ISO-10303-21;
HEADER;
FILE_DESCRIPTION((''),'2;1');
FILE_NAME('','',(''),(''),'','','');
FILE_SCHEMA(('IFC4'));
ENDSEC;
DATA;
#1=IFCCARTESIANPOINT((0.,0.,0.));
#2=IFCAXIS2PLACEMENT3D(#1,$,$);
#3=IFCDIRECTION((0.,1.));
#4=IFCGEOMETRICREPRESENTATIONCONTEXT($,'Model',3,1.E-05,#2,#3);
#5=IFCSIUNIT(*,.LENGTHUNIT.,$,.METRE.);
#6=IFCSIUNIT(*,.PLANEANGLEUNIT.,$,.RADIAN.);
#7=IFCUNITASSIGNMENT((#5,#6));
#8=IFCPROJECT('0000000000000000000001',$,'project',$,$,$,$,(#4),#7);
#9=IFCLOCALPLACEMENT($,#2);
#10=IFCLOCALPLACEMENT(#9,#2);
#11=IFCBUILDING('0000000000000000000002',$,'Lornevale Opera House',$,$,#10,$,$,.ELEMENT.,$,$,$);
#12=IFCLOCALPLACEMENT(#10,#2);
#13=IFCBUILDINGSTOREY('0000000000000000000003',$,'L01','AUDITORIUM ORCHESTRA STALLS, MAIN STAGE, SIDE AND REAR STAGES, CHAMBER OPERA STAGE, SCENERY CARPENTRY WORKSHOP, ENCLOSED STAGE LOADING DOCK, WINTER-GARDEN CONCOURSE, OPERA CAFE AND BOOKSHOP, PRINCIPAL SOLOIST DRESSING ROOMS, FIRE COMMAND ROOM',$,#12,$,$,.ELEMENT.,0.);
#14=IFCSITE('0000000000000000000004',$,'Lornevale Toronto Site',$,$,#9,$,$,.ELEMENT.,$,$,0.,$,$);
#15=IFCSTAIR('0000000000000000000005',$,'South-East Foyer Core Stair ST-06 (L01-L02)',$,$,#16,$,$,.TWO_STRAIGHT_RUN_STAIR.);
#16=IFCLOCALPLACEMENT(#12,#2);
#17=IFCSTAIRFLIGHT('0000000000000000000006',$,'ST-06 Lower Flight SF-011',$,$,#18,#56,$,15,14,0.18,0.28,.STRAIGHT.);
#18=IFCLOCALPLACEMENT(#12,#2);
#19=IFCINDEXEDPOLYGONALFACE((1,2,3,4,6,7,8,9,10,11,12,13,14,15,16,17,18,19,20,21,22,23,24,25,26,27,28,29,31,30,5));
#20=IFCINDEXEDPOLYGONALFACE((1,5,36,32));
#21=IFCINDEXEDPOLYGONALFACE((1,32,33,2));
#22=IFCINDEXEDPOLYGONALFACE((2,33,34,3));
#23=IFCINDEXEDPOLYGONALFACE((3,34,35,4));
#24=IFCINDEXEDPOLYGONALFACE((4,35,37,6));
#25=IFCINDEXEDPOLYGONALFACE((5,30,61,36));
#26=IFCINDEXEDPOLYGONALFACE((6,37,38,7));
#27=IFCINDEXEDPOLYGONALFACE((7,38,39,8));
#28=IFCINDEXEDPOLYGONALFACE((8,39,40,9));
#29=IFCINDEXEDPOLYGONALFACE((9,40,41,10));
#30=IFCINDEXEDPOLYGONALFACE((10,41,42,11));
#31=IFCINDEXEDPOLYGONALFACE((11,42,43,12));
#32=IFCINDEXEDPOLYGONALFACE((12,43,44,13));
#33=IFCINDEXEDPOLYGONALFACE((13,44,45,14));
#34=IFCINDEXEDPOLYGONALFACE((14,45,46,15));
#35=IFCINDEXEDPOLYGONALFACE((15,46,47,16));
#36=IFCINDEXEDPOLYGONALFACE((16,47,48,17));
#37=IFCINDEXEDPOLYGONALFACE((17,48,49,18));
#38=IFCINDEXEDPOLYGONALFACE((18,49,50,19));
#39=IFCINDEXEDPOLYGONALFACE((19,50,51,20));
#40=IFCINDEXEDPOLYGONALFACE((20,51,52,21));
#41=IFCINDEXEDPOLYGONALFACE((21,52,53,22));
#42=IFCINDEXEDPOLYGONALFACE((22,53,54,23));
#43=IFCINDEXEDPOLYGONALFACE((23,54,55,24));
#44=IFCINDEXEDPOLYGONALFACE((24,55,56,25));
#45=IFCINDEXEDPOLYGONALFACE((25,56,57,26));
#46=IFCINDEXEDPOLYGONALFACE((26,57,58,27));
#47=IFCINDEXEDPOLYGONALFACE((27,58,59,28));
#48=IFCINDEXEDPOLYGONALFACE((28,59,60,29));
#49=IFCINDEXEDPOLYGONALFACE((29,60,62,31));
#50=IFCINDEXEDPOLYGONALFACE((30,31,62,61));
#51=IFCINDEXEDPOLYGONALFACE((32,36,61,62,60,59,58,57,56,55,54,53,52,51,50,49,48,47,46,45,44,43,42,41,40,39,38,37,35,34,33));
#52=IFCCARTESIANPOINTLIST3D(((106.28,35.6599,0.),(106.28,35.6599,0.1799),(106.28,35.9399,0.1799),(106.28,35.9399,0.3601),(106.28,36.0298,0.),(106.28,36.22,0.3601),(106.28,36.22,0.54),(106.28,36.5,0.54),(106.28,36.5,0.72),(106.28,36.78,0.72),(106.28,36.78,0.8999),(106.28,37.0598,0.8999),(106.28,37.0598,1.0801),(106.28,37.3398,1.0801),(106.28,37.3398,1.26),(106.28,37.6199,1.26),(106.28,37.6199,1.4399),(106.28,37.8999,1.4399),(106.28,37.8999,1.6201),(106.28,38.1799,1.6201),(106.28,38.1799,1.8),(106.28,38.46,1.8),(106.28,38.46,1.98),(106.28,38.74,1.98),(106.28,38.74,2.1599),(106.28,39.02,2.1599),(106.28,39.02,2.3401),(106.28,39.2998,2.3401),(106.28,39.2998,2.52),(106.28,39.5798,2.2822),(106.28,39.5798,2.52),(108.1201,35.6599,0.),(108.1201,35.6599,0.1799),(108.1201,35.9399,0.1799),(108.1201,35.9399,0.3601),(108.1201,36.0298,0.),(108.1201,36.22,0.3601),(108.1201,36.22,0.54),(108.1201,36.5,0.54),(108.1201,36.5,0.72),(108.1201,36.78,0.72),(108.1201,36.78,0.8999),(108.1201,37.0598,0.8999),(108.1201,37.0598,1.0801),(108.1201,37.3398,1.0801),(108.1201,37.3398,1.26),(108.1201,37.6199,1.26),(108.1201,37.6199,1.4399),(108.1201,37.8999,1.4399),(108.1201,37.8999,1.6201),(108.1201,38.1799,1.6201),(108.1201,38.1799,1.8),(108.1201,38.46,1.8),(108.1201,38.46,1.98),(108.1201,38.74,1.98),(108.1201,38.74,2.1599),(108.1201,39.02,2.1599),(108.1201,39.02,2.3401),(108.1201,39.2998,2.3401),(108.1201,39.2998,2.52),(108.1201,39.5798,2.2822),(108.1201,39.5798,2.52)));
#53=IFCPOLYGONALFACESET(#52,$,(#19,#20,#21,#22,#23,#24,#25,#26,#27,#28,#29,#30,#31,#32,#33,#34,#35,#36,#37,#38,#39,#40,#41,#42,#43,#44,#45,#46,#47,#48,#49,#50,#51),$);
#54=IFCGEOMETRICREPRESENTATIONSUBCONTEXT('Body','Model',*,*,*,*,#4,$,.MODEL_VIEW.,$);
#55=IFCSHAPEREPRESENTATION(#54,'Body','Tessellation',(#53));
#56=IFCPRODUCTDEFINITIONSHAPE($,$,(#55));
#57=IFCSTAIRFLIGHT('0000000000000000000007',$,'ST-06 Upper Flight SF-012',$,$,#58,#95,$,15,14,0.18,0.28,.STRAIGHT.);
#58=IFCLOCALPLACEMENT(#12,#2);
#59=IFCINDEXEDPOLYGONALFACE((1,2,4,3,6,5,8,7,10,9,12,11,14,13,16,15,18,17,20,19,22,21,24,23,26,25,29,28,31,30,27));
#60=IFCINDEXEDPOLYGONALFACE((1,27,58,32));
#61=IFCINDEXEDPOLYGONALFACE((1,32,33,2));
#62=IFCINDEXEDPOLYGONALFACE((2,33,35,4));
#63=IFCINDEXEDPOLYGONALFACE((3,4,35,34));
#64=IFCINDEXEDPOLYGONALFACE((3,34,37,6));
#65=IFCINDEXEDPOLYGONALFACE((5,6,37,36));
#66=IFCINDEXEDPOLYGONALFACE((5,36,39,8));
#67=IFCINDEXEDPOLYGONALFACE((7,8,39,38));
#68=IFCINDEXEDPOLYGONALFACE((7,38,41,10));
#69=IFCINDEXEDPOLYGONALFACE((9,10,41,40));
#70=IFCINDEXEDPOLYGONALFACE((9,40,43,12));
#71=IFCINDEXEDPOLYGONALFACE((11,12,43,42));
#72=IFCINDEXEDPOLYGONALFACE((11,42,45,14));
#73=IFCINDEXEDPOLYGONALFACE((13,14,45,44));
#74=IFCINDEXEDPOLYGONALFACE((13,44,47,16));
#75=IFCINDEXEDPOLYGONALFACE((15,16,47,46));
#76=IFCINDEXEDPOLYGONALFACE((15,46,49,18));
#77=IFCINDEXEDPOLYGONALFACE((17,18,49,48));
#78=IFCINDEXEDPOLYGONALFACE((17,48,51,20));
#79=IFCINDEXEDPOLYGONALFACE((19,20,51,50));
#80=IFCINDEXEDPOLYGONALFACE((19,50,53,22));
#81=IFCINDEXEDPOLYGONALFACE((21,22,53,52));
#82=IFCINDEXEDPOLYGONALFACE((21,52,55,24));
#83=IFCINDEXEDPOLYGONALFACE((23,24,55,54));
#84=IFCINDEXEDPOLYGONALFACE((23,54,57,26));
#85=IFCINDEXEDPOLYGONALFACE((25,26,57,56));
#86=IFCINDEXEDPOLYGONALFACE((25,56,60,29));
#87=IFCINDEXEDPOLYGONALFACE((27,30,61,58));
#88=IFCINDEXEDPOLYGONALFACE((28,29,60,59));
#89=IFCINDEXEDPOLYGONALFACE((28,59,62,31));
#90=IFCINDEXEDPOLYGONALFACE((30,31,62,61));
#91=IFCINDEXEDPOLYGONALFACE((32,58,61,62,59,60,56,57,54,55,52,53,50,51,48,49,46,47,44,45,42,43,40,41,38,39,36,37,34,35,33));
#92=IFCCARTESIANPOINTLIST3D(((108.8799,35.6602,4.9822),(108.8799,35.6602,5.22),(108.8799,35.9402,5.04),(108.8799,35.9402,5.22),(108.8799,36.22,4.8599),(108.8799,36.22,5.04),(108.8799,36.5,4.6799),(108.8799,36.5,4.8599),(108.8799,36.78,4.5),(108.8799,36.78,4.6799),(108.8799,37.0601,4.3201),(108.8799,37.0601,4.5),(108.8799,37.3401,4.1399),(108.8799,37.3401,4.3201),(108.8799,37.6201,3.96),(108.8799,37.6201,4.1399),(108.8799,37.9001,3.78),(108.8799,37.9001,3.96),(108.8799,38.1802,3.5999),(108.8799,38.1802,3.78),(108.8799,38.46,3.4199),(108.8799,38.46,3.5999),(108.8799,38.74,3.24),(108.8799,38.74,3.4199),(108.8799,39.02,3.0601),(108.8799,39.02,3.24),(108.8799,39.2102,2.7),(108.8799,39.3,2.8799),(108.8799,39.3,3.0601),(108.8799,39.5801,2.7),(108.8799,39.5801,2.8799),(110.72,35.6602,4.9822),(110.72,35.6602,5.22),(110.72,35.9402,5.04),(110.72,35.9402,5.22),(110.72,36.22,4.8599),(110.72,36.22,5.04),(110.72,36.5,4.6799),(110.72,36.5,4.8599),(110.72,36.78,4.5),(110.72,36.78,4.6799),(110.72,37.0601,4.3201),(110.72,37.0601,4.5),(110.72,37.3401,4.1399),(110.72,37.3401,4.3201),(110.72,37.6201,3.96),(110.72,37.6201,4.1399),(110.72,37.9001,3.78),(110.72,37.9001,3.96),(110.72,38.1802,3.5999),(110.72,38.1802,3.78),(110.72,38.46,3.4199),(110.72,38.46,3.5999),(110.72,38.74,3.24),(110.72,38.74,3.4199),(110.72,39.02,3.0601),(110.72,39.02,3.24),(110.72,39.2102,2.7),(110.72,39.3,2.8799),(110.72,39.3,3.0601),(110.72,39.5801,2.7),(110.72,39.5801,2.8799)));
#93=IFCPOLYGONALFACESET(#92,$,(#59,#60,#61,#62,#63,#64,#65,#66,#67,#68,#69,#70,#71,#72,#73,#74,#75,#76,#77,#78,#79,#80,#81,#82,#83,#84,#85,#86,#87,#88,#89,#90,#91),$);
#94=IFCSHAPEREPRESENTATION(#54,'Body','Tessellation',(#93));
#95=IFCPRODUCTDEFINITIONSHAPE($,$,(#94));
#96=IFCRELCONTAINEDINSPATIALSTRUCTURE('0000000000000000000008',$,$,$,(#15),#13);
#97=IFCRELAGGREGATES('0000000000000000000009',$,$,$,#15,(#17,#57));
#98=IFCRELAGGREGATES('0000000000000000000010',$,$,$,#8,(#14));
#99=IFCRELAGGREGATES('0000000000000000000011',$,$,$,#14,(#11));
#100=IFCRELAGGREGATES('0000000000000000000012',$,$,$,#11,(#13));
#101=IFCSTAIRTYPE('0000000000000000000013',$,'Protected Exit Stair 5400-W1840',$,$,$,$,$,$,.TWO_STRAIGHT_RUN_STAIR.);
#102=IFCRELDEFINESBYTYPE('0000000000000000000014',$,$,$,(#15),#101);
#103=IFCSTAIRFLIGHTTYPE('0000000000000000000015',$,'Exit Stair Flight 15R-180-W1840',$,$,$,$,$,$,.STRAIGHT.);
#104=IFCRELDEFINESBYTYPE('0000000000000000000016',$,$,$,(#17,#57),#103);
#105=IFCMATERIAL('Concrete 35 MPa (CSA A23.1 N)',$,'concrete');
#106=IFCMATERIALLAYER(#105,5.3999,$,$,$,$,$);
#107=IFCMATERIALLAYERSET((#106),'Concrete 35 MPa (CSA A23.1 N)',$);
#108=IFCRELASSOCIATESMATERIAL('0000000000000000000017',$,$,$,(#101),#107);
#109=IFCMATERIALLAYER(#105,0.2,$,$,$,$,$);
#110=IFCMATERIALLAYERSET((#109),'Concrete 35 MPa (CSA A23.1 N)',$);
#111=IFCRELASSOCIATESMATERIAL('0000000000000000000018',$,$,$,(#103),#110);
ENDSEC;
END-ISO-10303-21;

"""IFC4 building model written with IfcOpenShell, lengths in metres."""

from ifc_helpers import new_model, si_unit, direction, frame, origin, place, context, subcontext, project, spatial, polyline, outline, extrude, material, layer, layer_set, type_object, element, aggregate, save


model = new_model("IFC4")

# Units and contexts
model_context = context("Model", 3, precision=1e-05, world=origin(), true_north=direction((0.0, 1.0)))
body_context = subcontext(model_context, "Body", "Model", "MODEL_VIEW")
ifc_project = project(units=[si_unit("LENGTHUNIT", "METRE"), si_unit("PLANEANGLEUNIT", "RADIAN")], contexts=[model_context])

# Site, building, storey
site_placement = place(None, origin())
site = spatial("IfcSite", under=ifc_project, at=site_placement, Name="Lornevale Toronto Site", CompositionType="ELEMENT", RefElevation=0.0)
building_placement = place(site_placement, origin())
building = spatial("IfcBuilding", under=site, at=building_placement, Name="Lornevale Opera House", CompositionType="ELEMENT")
storey_placement = place(building_placement, origin())
storey = spatial("IfcBuildingStorey", under=building, at=storey_placement, Name="L01", Description="AUDITORIUM ORCHESTRA STALLS, MAIN STAGE, SIDE AND REAR STAGES, CHAMBER OPERA STAGE, SCENERY CARPENTRY WORKSHOP, ENCLOSED STAGE LOADING DOCK, WINTER-GARDEN CONCOURSE, OPERA CAFE AND BOOKSHOP, PRINCIPAL SOLOIST DRESSING ROOMS, FIRE COMMAND ROOM", CompositionType="ELEMENT", Elevation=0.0)

# Shared definitions
ifc_material_1 = material(Name="Concrete 35 MPa (CSA A23.1 N)", Category="concrete")

# Stair, stair flights
ifc_layer_1 = layer(ifc_material_1, 5.3999)
ifc_layer_set_1 = layer_set([ifc_layer_1], Name="Concrete 35 MPa (CSA A23.1 N)")
stair_type = type_object("IfcStairType", Name="Protected Exit Stair 5400-W1840", PredefinedType="TWO_STRAIGHT_RUN_STAIR", material=ifc_layer_set_1)
stair_placement = place(storey_placement, origin())
stair = element("IfcStair", 1, at=stair_placement, inside=storey, type_object=stair_type, Name="South-East Foyer Core Stair ST-06 (L01-L02)", PredefinedType="TWO_STRAIGHT_RUN_STAIR")
ifc_layer_2 = layer(ifc_material_1, 0.2)
ifc_layer_set_2 = layer_set([ifc_layer_2], Name="Concrete 35 MPa (CSA A23.1 N)")
stair_flight_type = type_object("IfcStairFlightType", Name="Exit Stair Flight 15R-180-W1840", PredefinedType="STRAIGHT", material=ifc_layer_set_2)
stair_flight_1_placement = place(storey_placement, frame((107.2, 35.6599, 0.0), z_axis=(0.0, 0.0, 1.0), x_axis=(0.0, 1.0, 0.0)))
stair_flight_1 = element("IfcStairFlight", 2, at=stair_flight_1_placement, type_object=stair_flight_type, Name="ST-06 Lower Flight SF-011", NumberOfRisers=15, NumberOfTreads=14, PredefinedType="STRAIGHT", RiserHeight=0.18, TreadLength=0.28, context=body_context, shape_type="SweptSolid", body=[
    extrude(outline(polyline([(0.0, 0.0), (0.0, 0.1799), (0.28, 0.1799), (0.28, 0.3601), (0.5601, 0.3601), (0.5601, 0.54), (0.8401, 0.54), (0.8401, 0.72), (1.1201, 0.72), (1.1201, 0.8999), (1.3999, 0.8999), (1.3999, 1.0801), (1.6799, 1.0801), (1.6799, 1.26), (1.96, 1.26), (1.96, 1.4399), (2.24, 1.4399), (2.24, 1.6201), (2.52, 1.6201), (2.52, 1.8), (2.8, 1.8), (2.8, 1.98), (3.0801, 1.98), (3.0801, 2.1599), (3.3601, 2.1599), (3.3601, 2.3401), (3.6399, 2.3401), (3.6399, 2.52), (3.9199, 2.52), (3.9199, 2.2822), (0.3699, 0.0), (0.0, 0.0)])), frame((0.0, 0.9199, 0.0), z_axis=(0.0, -1.0, 0.0), x_axis=(1.0, 0.0, 0.0)), (0.0, 0.0, 1.0), 1.8401),
])
stair_flight_2_placement = place(storey_placement, frame((109.8, 39.5801, 2.7), z_axis=(0.0, 0.0, 1.0), x_axis=(0.0, -1.0, 0.0)))
stair_flight_2 = element("IfcStairFlight", 3, at=stair_flight_2_placement, type_object=stair_flight_type, Name="ST-06 Upper Flight SF-012", NumberOfRisers=15, NumberOfTreads=14, PredefinedType="STRAIGHT", RiserHeight=0.18, TreadLength=0.28, context=body_context, shape_type="SweptSolid", body=[
    extrude(outline(polyline([(0.0, 0.0), (0.0, 0.1799), (0.28, 0.1799), (0.28, 0.3601), (0.5601, 0.3601), (0.5601, 0.54), (0.8401, 0.54), (0.8401, 0.72), (1.1201, 0.72), (1.1201, 0.8999), (1.3999, 0.8999), (1.3999, 1.0801), (1.6799, 1.0801), (1.6799, 1.26), (1.96, 1.26), (1.96, 1.4399), (2.24, 1.4399), (2.24, 1.6201), (2.52, 1.6201), (2.52, 1.8), (2.8, 1.8), (2.8, 1.98), (3.0801, 1.98), (3.0801, 2.1599), (3.3601, 2.1599), (3.3601, 2.3401), (3.6399, 2.3401), (3.6399, 2.52), (3.9199, 2.52), (3.9199, 2.2822), (0.3699, 0.0), (0.0, 0.0)])), frame((0.0, 0.9199, 0.0), z_axis=(0.0, -1.0, 0.0), x_axis=(1.0, 0.0, 0.0)), (0.0, 0.0, 1.0), 1.8401),
])
aggregate(stair, [stair_flight_1, stair_flight_2])

save(model, "model.ifc")
